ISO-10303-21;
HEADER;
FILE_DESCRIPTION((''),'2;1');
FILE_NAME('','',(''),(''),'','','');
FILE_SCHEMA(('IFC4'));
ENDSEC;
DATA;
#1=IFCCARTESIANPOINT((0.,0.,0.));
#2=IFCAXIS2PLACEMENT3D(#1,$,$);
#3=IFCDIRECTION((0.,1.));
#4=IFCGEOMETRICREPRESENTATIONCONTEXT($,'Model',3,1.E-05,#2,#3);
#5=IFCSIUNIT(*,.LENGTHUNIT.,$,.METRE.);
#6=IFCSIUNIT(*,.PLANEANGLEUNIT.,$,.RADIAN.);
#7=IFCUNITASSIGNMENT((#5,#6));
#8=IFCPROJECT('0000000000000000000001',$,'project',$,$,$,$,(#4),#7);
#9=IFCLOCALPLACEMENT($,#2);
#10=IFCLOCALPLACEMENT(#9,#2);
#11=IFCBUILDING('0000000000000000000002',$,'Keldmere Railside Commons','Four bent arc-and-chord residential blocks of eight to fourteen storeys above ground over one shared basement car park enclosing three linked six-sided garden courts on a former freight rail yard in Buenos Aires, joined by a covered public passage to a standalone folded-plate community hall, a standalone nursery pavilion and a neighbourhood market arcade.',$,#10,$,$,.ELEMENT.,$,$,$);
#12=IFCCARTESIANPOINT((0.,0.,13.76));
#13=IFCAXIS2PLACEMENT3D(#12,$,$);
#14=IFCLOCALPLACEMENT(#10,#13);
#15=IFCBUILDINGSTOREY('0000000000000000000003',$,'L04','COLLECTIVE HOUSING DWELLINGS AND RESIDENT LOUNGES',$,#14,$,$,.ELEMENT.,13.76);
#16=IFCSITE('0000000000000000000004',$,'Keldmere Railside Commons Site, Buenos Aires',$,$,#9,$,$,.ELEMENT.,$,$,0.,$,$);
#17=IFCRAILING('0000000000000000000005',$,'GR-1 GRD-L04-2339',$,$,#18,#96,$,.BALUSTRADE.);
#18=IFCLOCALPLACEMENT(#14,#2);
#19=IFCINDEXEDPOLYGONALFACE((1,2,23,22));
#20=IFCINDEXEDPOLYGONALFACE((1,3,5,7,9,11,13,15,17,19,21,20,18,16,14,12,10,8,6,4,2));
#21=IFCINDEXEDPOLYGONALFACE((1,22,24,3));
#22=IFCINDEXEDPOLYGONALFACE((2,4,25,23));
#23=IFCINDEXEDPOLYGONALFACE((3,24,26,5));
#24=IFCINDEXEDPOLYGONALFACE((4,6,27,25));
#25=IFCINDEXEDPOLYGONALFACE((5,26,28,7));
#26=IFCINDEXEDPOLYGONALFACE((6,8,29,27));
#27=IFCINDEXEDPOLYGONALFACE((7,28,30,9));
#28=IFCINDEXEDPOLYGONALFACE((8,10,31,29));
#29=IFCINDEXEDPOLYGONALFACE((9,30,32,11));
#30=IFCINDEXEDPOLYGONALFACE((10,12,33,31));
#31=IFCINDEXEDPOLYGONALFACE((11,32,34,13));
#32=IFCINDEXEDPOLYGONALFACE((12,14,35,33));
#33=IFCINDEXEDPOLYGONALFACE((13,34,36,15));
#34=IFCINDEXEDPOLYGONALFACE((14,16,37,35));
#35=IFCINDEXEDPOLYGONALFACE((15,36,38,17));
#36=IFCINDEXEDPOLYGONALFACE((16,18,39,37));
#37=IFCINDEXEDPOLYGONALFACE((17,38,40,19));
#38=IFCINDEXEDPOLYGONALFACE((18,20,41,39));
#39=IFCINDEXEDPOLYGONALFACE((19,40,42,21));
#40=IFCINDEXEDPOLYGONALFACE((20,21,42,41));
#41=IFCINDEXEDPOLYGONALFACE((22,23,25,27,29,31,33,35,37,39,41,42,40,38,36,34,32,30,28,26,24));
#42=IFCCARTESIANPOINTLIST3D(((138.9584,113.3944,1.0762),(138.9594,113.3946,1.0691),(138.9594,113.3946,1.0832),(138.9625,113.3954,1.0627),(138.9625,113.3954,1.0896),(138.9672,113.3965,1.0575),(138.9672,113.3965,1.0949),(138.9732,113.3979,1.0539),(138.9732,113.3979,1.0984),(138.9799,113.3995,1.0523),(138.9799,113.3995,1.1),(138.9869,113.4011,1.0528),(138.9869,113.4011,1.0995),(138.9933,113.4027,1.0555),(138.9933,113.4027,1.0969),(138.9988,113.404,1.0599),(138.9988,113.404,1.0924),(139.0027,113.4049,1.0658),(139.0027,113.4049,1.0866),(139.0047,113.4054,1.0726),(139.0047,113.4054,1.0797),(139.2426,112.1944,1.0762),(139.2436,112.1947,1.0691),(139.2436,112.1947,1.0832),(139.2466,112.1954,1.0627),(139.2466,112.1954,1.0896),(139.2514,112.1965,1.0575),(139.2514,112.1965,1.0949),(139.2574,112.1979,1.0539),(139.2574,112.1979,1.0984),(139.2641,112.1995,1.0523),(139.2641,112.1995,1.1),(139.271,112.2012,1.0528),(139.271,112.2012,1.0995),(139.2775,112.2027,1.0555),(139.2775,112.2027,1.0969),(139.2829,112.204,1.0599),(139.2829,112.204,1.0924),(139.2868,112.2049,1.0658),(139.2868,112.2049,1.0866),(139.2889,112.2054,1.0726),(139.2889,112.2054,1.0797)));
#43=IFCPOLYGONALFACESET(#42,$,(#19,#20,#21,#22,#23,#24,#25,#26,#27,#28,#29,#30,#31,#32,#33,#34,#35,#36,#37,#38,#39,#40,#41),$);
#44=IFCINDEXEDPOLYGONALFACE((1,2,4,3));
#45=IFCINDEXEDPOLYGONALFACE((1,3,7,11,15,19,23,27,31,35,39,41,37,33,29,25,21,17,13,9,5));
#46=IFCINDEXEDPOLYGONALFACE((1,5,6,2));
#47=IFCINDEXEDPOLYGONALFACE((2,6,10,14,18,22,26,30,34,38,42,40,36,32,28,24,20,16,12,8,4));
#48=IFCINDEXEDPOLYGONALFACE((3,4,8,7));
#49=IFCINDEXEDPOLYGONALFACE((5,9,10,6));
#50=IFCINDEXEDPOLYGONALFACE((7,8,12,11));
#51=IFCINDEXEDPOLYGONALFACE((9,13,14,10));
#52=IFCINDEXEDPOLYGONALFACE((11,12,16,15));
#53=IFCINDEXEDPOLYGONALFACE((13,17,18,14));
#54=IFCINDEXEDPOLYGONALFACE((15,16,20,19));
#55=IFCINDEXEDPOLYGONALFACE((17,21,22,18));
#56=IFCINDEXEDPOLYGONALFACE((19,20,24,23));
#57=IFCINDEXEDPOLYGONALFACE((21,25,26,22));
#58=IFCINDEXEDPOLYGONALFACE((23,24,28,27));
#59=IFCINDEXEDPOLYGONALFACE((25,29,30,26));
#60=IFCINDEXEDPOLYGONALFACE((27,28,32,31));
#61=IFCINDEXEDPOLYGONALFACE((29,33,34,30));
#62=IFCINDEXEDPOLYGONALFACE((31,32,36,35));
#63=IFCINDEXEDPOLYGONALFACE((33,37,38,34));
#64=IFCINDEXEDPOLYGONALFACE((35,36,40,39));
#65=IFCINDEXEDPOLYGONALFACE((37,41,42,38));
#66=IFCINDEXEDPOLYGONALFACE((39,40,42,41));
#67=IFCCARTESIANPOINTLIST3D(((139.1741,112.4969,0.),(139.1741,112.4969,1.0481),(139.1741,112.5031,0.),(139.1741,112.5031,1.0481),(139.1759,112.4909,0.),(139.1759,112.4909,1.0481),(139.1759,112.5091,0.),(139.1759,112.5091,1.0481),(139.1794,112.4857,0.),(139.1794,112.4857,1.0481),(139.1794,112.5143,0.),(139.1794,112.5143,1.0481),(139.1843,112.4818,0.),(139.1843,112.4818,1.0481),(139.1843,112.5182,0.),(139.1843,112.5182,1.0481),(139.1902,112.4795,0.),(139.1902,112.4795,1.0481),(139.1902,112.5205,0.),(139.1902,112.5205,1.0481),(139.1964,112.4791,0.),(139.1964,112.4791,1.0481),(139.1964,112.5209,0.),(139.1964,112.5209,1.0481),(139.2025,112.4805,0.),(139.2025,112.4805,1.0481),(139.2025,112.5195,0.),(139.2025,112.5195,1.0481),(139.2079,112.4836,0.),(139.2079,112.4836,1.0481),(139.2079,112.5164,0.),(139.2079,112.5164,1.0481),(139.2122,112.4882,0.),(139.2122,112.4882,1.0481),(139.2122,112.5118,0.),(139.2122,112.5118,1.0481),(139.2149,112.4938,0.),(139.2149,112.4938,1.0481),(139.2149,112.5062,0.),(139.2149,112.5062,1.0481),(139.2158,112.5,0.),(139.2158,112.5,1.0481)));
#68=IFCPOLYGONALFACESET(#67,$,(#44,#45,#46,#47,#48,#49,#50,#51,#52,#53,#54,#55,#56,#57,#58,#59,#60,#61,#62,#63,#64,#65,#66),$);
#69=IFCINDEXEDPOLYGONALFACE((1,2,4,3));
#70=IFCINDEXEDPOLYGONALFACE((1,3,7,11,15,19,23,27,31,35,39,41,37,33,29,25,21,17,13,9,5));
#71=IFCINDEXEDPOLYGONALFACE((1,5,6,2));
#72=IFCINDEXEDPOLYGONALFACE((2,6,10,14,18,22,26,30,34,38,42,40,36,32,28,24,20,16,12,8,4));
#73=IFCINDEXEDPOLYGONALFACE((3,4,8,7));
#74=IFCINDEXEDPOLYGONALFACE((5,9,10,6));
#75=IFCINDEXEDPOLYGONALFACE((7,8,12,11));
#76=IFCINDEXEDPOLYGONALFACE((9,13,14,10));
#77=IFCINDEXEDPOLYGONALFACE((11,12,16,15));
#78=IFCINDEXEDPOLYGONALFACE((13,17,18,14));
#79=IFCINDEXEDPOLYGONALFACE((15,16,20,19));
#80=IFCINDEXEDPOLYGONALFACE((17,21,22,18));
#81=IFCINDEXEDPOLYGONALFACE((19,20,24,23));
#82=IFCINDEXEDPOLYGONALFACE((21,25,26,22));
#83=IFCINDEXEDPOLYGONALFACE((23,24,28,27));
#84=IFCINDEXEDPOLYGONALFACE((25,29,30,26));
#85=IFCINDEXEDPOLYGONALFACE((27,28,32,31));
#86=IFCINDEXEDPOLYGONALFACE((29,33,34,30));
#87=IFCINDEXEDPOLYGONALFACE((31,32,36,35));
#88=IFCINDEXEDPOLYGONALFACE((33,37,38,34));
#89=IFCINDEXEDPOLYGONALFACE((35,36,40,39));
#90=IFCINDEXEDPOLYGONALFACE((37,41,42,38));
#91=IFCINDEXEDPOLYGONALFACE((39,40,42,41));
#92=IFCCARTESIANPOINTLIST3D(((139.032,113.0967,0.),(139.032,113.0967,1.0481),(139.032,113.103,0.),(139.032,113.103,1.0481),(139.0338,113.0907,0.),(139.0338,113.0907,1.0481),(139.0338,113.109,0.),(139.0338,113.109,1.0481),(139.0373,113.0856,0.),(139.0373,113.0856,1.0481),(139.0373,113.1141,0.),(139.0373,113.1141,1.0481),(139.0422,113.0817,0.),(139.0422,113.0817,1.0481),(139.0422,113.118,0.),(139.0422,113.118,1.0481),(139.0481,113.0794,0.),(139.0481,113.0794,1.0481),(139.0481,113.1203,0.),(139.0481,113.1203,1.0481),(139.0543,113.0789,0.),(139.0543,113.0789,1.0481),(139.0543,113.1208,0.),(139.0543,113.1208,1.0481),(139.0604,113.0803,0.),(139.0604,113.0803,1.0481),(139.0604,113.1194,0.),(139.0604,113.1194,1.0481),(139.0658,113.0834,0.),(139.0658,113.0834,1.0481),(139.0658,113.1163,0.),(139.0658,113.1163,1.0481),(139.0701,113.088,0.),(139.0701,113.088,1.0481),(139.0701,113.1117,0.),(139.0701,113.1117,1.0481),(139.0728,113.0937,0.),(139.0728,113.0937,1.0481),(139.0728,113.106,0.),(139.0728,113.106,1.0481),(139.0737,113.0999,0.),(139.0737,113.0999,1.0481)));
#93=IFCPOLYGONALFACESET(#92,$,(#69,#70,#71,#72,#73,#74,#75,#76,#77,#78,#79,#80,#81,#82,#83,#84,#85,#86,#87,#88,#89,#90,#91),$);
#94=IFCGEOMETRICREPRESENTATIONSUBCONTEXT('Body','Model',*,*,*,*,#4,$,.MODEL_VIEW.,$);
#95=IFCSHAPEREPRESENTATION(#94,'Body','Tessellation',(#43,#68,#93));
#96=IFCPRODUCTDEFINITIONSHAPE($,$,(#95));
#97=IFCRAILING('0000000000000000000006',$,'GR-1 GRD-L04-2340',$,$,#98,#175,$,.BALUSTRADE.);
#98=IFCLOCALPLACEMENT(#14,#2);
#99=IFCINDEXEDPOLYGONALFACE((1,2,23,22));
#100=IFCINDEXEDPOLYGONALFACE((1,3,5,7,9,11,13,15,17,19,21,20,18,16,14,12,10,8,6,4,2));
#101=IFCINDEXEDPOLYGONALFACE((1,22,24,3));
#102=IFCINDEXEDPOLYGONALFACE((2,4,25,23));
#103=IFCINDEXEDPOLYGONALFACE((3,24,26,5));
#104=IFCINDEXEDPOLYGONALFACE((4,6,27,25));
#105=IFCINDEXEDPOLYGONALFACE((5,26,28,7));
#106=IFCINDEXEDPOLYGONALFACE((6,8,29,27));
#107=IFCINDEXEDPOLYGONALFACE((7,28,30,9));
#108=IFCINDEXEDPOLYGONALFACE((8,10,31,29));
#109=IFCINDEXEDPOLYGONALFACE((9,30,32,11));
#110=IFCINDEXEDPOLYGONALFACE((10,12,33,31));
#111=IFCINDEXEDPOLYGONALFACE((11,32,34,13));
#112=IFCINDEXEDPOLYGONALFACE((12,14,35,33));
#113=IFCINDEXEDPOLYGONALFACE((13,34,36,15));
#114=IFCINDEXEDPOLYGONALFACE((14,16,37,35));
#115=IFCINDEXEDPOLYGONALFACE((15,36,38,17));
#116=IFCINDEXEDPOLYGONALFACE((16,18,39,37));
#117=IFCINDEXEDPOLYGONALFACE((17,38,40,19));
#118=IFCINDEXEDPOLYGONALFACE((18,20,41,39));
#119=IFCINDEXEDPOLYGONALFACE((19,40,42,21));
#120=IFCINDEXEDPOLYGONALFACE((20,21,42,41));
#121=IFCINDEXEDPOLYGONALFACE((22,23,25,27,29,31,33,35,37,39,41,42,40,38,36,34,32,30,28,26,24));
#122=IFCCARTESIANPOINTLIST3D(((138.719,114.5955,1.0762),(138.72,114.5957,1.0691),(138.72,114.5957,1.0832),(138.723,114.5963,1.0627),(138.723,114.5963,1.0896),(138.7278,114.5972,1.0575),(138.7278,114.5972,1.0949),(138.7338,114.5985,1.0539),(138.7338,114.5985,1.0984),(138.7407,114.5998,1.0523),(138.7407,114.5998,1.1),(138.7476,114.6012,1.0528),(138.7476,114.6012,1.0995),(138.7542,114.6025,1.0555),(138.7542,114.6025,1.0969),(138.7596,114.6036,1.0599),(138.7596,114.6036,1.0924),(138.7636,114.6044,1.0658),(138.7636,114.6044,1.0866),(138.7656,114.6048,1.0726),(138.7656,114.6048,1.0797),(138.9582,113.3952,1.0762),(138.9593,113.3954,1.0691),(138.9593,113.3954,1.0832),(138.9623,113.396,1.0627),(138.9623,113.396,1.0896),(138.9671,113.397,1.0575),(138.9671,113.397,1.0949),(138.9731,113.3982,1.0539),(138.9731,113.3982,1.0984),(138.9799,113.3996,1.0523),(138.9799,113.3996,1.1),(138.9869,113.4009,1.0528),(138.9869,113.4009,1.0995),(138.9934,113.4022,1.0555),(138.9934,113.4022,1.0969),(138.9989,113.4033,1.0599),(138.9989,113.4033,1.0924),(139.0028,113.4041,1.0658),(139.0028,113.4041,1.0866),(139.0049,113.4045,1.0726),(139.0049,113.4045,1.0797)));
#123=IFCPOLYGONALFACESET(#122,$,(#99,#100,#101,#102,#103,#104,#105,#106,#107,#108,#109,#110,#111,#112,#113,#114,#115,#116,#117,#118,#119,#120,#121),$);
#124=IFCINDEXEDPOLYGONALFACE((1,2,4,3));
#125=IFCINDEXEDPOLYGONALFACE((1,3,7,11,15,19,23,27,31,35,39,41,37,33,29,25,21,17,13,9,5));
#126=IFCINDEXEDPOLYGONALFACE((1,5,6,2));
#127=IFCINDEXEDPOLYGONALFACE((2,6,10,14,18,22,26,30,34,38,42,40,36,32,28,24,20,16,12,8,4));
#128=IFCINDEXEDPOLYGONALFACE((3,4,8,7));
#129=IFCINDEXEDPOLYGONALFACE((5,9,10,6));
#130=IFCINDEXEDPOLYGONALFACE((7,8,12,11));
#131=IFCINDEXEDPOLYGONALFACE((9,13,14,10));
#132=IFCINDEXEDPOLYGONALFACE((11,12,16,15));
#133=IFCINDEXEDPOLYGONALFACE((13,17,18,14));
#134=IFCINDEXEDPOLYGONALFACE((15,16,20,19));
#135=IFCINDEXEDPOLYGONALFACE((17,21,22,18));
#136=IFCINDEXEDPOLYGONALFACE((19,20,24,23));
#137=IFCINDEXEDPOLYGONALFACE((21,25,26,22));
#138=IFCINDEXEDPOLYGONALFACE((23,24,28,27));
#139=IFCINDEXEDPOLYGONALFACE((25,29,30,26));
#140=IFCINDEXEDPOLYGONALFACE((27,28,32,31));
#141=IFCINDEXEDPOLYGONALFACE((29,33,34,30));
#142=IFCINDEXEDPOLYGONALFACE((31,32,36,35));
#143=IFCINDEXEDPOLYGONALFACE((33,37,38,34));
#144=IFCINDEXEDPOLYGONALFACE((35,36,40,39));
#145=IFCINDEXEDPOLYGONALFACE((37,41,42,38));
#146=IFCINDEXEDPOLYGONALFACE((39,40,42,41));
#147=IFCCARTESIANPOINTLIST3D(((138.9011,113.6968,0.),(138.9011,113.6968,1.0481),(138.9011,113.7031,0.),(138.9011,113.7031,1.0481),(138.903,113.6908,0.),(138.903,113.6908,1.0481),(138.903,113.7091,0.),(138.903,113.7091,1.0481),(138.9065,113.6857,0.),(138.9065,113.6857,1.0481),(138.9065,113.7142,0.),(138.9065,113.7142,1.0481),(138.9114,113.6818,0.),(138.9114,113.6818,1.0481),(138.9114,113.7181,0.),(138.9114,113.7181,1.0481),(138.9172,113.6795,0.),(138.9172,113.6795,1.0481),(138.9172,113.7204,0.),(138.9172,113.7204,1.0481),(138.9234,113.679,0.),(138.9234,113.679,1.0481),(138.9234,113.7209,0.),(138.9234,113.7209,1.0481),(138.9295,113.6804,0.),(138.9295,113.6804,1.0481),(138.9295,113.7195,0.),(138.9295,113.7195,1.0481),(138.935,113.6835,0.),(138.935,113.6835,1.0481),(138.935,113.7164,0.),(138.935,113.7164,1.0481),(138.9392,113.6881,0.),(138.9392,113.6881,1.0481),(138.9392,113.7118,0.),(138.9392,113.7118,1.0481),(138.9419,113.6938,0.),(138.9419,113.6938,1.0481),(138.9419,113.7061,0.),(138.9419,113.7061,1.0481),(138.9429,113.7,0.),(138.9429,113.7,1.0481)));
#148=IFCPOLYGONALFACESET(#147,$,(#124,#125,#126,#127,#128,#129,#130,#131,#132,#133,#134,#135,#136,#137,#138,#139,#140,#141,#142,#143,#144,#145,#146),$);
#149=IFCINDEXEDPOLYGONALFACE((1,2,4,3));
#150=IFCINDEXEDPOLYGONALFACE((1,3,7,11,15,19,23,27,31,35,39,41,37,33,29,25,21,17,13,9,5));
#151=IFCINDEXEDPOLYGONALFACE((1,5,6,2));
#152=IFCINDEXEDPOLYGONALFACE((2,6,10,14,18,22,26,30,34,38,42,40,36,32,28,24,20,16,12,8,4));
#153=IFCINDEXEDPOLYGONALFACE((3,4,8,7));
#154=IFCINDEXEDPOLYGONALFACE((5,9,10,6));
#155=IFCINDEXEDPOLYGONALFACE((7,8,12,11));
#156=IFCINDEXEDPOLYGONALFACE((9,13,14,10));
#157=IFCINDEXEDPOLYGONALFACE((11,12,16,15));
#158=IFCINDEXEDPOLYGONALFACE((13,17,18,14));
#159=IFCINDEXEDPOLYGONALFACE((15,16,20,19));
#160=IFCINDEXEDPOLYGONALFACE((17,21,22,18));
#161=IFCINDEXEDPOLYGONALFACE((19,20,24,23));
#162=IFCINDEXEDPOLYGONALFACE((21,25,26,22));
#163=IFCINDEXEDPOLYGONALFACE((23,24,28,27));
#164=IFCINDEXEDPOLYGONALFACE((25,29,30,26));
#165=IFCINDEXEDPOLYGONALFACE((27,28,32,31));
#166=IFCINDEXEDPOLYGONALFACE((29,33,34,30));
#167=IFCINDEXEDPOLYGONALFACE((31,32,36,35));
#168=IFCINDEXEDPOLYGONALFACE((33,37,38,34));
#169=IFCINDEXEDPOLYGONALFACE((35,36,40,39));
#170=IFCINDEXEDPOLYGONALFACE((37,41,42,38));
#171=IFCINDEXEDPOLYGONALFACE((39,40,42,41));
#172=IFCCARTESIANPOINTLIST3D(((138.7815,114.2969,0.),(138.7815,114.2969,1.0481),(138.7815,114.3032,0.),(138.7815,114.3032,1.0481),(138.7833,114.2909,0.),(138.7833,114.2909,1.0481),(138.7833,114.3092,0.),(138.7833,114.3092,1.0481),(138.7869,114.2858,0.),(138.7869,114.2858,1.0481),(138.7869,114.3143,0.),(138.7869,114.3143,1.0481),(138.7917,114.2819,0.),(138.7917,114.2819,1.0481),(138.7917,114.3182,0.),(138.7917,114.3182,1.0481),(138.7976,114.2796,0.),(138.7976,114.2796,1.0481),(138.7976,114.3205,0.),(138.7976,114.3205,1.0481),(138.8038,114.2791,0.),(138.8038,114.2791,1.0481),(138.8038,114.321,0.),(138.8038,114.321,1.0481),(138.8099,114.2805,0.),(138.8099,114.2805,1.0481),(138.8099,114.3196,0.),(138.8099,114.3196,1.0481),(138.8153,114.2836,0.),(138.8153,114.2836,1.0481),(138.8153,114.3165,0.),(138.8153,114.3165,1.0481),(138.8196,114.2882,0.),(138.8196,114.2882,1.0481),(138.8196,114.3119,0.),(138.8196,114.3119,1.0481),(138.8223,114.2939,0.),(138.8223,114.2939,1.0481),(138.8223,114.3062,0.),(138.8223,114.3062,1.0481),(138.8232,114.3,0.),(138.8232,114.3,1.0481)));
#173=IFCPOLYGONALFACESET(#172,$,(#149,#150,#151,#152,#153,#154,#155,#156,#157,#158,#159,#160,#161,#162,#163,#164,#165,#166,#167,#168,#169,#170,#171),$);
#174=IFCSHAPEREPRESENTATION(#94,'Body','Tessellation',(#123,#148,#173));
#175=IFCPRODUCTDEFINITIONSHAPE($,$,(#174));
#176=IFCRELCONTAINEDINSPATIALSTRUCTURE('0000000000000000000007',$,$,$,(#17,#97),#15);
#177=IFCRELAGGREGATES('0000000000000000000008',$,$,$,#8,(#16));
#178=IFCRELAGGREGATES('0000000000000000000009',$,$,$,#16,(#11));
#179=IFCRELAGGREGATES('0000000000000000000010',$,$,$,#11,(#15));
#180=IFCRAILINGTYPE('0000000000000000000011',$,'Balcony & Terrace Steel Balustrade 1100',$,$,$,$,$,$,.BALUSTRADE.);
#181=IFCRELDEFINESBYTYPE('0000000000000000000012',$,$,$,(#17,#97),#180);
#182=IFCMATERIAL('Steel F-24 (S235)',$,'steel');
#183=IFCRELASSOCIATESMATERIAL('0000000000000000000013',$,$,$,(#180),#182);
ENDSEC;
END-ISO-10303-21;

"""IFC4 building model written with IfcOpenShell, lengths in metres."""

from ifc_helpers import new_model, si_unit, direction, frame, origin, origin_2d, place, context, subcontext, project, spatial, circle, extrude, material, type_object, element, save


model = new_model("IFC4")

# Units and contexts
model_context = context("Model", 3, precision=1e-05, world=origin(), true_north=direction((0.0, 1.0)))
body_context = subcontext(model_context, "Body", "Model", "MODEL_VIEW")
ifc_project = project(units=[si_unit("LENGTHUNIT", "METRE"), si_unit("PLANEANGLEUNIT", "RADIAN")], contexts=[model_context])

# Site, building, storey
site_placement = place(None, origin())
site = spatial("IfcSite", under=ifc_project, at=site_placement, Name="Keldmere Railside Commons Site, Buenos Aires", CompositionType="ELEMENT", RefElevation=0.0)
building_placement = place(site_placement, origin())
building = spatial("IfcBuilding", under=site, at=building_placement, Name="Keldmere Railside Commons", Description="Four bent arc-and-chord residential blocks of eight to fourteen storeys above ground over one shared basement car park enclosing three linked six-sided garden courts on a former freight rail yard in Buenos Aires, joined by a covered public passage to a standalone folded-plate community hall, a standalone nursery pavilion and a neighbourhood market arcade.", CompositionType="ELEMENT")
storey_placement = place(building_placement, frame((0.0, 0.0, 13.76)))
storey = spatial("IfcBuildingStorey", under=building, at=storey_placement, Name="L04", Description="COLLECTIVE HOUSING DWELLINGS AND RESIDENT LOUNGES", CompositionType="ELEMENT", Elevation=13.76)

# Shared definitions
ifc_material_1 = material(Name="Steel F-24 (S235)", Category="steel")

# Railings
railing_type = type_object("IfcRailingType", Name="Balcony & Terrace Steel Balustrade 1100", PredefinedType="BALUSTRADE", material=ifc_material_1)
railing_1_placement = place(storey_placement, frame((139.2659, 112.2, 0.0)))
element("IfcRailing", 1, at=railing_1_placement, inside=storey, type_object=railing_type, Name="GR-1 GRD-L04-2339", PredefinedType="BALUSTRADE", context=body_context, shape_type="SweptSolid", body=[
    extrude(circle(Radius=0.0239, at=origin_2d()), frame((0.0, 0.0, 1.0762), z_axis=(-0.230452, 0.973084, 0.0), x_axis=(-0.973084, -0.230452, 0.0)), (0.0, 0.0, 1.0), 1.2332),
    extrude(circle(Radius=0.021, at=origin_2d()), frame((-0.071, 0.3, 0.0)), (0.0, 0.0, 1.0), 1.0481),
    extrude(circle(Radius=0.021, at=origin_2d()), frame((-0.2131, 0.8999, 0.0)), (0.0, 0.0, 1.0), 1.0481),
])
railing_2_placement = place(storey_placement, frame((138.9817, 113.3999, 0.0)))
element("IfcRailing", 2, at=railing_2_placement, inside=storey, type_object=railing_type, Name="GR-1 GRD-L04-2340", PredefinedType="BALUSTRADE", context=body_context, shape_type="SweptSolid", body=[
    extrude(circle(Radius=0.0239, at=origin_2d()), frame((0.0, 0.0, 1.0762), z_axis=(-0.195502, 0.980703, 0.0), x_axis=(-0.980703, -0.195502, 0.0)), (0.0, 0.0, 1.0), 1.2239),
    extrude(circle(Radius=0.021, at=origin_2d()), frame((-0.0598, 0.3, 0.0)), (0.0, 0.0, 1.0), 1.0481),
    extrude(circle(Radius=0.021, at=origin_2d()), frame((-0.1794, 0.9001, 0.0)), (0.0, 0.0, 1.0), 1.0481),
])

save(model, "model.ifc")
